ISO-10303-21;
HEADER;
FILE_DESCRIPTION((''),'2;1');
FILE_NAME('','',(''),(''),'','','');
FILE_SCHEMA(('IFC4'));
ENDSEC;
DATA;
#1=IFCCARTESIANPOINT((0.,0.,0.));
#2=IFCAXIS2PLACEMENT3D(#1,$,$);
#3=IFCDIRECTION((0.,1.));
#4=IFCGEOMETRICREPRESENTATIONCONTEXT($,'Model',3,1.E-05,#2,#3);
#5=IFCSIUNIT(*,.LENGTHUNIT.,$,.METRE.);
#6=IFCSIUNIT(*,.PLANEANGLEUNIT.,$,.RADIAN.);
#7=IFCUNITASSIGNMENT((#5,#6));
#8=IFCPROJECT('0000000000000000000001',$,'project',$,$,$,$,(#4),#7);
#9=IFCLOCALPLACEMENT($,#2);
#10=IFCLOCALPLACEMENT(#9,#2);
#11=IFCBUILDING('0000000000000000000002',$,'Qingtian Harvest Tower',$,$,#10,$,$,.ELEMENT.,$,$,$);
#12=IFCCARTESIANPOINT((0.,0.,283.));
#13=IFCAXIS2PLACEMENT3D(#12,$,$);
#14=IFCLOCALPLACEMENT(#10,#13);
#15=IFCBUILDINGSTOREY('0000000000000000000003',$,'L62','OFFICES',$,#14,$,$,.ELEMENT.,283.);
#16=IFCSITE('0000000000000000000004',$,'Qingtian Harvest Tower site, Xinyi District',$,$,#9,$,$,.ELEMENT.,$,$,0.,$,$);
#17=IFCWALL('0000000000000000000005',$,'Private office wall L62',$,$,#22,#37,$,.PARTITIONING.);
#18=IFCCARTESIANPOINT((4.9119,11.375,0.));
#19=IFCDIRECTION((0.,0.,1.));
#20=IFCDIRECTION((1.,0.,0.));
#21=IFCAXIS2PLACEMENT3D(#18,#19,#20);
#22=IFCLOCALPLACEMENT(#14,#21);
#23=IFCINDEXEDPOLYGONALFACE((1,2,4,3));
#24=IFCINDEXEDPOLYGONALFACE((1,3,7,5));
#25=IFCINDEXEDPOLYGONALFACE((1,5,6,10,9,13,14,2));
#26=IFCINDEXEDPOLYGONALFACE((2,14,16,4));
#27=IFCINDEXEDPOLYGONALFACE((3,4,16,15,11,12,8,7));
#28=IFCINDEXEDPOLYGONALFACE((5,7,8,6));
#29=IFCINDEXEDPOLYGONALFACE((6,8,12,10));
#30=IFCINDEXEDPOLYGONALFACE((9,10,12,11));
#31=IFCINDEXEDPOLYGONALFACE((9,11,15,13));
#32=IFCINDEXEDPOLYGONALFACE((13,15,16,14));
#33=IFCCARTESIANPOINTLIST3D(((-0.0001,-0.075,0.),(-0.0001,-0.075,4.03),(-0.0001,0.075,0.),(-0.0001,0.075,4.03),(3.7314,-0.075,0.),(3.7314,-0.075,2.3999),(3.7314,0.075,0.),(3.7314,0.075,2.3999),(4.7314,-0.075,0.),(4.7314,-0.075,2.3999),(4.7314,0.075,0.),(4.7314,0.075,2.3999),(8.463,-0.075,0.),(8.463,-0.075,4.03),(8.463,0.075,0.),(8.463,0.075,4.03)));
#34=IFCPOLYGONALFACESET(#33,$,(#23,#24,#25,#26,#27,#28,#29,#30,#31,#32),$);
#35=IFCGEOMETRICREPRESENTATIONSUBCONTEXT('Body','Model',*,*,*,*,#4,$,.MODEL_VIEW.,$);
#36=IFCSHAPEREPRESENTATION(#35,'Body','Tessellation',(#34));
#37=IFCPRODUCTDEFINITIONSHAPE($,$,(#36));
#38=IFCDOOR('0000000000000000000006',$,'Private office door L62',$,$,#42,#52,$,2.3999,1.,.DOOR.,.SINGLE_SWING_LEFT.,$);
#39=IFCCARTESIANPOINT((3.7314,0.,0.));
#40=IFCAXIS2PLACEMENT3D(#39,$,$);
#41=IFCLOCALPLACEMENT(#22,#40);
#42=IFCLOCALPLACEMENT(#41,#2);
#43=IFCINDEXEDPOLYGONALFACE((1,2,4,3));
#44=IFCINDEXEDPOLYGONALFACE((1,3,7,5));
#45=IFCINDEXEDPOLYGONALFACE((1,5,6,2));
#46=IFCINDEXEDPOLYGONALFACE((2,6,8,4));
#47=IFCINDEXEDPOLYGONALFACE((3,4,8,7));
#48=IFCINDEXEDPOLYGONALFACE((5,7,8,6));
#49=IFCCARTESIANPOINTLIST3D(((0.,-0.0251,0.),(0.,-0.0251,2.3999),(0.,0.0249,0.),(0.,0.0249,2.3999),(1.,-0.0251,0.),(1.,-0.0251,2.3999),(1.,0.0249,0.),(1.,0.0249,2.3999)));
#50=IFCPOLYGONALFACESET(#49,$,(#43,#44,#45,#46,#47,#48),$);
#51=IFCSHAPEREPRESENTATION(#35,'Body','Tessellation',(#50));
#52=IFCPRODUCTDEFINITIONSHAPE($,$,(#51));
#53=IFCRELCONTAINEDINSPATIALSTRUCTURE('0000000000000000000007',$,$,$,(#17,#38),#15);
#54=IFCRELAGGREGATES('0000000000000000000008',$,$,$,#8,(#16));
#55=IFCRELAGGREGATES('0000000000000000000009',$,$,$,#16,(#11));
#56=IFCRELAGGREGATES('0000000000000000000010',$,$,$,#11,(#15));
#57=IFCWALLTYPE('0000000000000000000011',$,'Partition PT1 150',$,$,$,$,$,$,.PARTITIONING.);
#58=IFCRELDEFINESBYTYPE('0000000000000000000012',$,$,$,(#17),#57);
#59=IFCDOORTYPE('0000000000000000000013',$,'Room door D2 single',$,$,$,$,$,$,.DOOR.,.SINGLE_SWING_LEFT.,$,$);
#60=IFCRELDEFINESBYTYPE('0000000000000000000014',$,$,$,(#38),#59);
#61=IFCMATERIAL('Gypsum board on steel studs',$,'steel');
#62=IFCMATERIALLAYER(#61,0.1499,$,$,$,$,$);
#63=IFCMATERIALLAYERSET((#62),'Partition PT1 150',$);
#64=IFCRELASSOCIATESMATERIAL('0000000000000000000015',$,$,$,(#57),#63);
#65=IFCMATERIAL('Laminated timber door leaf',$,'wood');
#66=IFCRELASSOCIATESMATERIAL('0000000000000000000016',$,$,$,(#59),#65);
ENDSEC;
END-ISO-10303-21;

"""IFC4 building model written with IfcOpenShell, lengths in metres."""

from ifc_helpers import new_model, si_unit, direction, frame, frame_2d, origin, place, context, subcontext, project, spatial, rectangle, extrude, material, layer, layer_set, type_object, element, fill, save


model = new_model("IFC4")

# Units and contexts
model_context = context("Model", 3, precision=1e-05, world=origin(), true_north=direction((0.0, 1.0)))
body_context = subcontext(model_context, "Body", "Model", "MODEL_VIEW")
ifc_project = project(units=[si_unit("LENGTHUNIT", "METRE"), si_unit("PLANEANGLEUNIT", "RADIAN")], contexts=[model_context])

# Site, building, storey
site_placement = place(None, origin())
site = spatial("IfcSite", under=ifc_project, at=site_placement, Name="Qingtian Harvest Tower site, Xinyi District", CompositionType="ELEMENT", RefElevation=0.0)
building_placement = place(site_placement, origin())
building = spatial("IfcBuilding", under=site, at=building_placement, Name="Qingtian Harvest Tower", CompositionType="ELEMENT")
storey_placement = place(building_placement, frame((0.0, 0.0, 283.0)))
storey = spatial("IfcBuildingStorey", under=building, at=storey_placement, Name="L62", Description="OFFICES", CompositionType="ELEMENT", Elevation=283.0)

# Shared definitions
ifc_material_1 = material(Name="Gypsum board on steel studs", Category="steel")
ifc_layer_1 = layer(ifc_material_1, 0.1499)
ifc_layer_set_1 = layer_set([ifc_layer_1], Name="Partition PT1 150")
wall_type = type_object("IfcWallType", Name="Partition PT1 150", PredefinedType="PARTITIONING", material=ifc_layer_set_1)

# Shared definitions
ifc_material_2 = material(Name="Laminated timber door leaf", Category="wood")
door_type = type_object("IfcDoorType", Name="Room door D2 single", OperationType="SINGLE_SWING_LEFT", PredefinedType="DOOR", material=ifc_material_2)

# Wall, opening, door
wall_1_placement = place(storey_placement, frame((4.9119, 11.375, 0.0), z_axis=(0.0, 0.0, 1.0), x_axis=(1.0, 0.0, 0.0)))
wall_1 = element("IfcWall", 1, at=wall_1_placement, inside=storey, type_object=wall_type, Name="Private office wall L62", PredefinedType="PARTITIONING", context=body_context, shape_type="SweptSolid", body=[
    extrude(rectangle(XDim=8.4631, YDim=0.1499, at=frame_2d((4.2314, 0.0))), origin(), (0.0, 0.0, 1.0), 4.03),
])
opening_1_placement = place(wall_1_placement, frame((3.7314, 0.0, 0.0)))
opening_1 = element("IfcOpeningElement", 2, at=opening_1_placement, cuts=wall_1, PredefinedType="OPENING", context=body_context, shape_type="SweptSolid", body=[
    extrude(rectangle(XDim=1.0, YDim=2.3999, at=frame_2d((0.5, 1.2))), frame((0.0, 0.085, 0.0), z_axis=(0.0, -1.0, 0.0), x_axis=(1.0, 0.0, 0.0)), (0.0, 0.0, 1.0), 0.1699),
])
door_1_placement = place(opening_1_placement, origin())
door_1 = element("IfcDoor", 3, at=door_1_placement, inside=storey, type_object=door_type, Name="Private office door L62", OperationType="SINGLE_SWING_LEFT", OverallHeight=2.3999, OverallWidth=1.0, PredefinedType="DOOR", context=body_context, shape_type="SweptSolid", body=[
    extrude(rectangle(XDim=1.0, YDim=2.3999, at=frame_2d((0.5, 1.2))), frame((0.0, 0.0249, 0.0), z_axis=(0.0, -1.0, 0.0), x_axis=(1.0, 0.0, 0.0)), (0.0, 0.0, 1.0), 0.05),
])
fill(opening_1, door_1)

save(model, "model.ifc")
